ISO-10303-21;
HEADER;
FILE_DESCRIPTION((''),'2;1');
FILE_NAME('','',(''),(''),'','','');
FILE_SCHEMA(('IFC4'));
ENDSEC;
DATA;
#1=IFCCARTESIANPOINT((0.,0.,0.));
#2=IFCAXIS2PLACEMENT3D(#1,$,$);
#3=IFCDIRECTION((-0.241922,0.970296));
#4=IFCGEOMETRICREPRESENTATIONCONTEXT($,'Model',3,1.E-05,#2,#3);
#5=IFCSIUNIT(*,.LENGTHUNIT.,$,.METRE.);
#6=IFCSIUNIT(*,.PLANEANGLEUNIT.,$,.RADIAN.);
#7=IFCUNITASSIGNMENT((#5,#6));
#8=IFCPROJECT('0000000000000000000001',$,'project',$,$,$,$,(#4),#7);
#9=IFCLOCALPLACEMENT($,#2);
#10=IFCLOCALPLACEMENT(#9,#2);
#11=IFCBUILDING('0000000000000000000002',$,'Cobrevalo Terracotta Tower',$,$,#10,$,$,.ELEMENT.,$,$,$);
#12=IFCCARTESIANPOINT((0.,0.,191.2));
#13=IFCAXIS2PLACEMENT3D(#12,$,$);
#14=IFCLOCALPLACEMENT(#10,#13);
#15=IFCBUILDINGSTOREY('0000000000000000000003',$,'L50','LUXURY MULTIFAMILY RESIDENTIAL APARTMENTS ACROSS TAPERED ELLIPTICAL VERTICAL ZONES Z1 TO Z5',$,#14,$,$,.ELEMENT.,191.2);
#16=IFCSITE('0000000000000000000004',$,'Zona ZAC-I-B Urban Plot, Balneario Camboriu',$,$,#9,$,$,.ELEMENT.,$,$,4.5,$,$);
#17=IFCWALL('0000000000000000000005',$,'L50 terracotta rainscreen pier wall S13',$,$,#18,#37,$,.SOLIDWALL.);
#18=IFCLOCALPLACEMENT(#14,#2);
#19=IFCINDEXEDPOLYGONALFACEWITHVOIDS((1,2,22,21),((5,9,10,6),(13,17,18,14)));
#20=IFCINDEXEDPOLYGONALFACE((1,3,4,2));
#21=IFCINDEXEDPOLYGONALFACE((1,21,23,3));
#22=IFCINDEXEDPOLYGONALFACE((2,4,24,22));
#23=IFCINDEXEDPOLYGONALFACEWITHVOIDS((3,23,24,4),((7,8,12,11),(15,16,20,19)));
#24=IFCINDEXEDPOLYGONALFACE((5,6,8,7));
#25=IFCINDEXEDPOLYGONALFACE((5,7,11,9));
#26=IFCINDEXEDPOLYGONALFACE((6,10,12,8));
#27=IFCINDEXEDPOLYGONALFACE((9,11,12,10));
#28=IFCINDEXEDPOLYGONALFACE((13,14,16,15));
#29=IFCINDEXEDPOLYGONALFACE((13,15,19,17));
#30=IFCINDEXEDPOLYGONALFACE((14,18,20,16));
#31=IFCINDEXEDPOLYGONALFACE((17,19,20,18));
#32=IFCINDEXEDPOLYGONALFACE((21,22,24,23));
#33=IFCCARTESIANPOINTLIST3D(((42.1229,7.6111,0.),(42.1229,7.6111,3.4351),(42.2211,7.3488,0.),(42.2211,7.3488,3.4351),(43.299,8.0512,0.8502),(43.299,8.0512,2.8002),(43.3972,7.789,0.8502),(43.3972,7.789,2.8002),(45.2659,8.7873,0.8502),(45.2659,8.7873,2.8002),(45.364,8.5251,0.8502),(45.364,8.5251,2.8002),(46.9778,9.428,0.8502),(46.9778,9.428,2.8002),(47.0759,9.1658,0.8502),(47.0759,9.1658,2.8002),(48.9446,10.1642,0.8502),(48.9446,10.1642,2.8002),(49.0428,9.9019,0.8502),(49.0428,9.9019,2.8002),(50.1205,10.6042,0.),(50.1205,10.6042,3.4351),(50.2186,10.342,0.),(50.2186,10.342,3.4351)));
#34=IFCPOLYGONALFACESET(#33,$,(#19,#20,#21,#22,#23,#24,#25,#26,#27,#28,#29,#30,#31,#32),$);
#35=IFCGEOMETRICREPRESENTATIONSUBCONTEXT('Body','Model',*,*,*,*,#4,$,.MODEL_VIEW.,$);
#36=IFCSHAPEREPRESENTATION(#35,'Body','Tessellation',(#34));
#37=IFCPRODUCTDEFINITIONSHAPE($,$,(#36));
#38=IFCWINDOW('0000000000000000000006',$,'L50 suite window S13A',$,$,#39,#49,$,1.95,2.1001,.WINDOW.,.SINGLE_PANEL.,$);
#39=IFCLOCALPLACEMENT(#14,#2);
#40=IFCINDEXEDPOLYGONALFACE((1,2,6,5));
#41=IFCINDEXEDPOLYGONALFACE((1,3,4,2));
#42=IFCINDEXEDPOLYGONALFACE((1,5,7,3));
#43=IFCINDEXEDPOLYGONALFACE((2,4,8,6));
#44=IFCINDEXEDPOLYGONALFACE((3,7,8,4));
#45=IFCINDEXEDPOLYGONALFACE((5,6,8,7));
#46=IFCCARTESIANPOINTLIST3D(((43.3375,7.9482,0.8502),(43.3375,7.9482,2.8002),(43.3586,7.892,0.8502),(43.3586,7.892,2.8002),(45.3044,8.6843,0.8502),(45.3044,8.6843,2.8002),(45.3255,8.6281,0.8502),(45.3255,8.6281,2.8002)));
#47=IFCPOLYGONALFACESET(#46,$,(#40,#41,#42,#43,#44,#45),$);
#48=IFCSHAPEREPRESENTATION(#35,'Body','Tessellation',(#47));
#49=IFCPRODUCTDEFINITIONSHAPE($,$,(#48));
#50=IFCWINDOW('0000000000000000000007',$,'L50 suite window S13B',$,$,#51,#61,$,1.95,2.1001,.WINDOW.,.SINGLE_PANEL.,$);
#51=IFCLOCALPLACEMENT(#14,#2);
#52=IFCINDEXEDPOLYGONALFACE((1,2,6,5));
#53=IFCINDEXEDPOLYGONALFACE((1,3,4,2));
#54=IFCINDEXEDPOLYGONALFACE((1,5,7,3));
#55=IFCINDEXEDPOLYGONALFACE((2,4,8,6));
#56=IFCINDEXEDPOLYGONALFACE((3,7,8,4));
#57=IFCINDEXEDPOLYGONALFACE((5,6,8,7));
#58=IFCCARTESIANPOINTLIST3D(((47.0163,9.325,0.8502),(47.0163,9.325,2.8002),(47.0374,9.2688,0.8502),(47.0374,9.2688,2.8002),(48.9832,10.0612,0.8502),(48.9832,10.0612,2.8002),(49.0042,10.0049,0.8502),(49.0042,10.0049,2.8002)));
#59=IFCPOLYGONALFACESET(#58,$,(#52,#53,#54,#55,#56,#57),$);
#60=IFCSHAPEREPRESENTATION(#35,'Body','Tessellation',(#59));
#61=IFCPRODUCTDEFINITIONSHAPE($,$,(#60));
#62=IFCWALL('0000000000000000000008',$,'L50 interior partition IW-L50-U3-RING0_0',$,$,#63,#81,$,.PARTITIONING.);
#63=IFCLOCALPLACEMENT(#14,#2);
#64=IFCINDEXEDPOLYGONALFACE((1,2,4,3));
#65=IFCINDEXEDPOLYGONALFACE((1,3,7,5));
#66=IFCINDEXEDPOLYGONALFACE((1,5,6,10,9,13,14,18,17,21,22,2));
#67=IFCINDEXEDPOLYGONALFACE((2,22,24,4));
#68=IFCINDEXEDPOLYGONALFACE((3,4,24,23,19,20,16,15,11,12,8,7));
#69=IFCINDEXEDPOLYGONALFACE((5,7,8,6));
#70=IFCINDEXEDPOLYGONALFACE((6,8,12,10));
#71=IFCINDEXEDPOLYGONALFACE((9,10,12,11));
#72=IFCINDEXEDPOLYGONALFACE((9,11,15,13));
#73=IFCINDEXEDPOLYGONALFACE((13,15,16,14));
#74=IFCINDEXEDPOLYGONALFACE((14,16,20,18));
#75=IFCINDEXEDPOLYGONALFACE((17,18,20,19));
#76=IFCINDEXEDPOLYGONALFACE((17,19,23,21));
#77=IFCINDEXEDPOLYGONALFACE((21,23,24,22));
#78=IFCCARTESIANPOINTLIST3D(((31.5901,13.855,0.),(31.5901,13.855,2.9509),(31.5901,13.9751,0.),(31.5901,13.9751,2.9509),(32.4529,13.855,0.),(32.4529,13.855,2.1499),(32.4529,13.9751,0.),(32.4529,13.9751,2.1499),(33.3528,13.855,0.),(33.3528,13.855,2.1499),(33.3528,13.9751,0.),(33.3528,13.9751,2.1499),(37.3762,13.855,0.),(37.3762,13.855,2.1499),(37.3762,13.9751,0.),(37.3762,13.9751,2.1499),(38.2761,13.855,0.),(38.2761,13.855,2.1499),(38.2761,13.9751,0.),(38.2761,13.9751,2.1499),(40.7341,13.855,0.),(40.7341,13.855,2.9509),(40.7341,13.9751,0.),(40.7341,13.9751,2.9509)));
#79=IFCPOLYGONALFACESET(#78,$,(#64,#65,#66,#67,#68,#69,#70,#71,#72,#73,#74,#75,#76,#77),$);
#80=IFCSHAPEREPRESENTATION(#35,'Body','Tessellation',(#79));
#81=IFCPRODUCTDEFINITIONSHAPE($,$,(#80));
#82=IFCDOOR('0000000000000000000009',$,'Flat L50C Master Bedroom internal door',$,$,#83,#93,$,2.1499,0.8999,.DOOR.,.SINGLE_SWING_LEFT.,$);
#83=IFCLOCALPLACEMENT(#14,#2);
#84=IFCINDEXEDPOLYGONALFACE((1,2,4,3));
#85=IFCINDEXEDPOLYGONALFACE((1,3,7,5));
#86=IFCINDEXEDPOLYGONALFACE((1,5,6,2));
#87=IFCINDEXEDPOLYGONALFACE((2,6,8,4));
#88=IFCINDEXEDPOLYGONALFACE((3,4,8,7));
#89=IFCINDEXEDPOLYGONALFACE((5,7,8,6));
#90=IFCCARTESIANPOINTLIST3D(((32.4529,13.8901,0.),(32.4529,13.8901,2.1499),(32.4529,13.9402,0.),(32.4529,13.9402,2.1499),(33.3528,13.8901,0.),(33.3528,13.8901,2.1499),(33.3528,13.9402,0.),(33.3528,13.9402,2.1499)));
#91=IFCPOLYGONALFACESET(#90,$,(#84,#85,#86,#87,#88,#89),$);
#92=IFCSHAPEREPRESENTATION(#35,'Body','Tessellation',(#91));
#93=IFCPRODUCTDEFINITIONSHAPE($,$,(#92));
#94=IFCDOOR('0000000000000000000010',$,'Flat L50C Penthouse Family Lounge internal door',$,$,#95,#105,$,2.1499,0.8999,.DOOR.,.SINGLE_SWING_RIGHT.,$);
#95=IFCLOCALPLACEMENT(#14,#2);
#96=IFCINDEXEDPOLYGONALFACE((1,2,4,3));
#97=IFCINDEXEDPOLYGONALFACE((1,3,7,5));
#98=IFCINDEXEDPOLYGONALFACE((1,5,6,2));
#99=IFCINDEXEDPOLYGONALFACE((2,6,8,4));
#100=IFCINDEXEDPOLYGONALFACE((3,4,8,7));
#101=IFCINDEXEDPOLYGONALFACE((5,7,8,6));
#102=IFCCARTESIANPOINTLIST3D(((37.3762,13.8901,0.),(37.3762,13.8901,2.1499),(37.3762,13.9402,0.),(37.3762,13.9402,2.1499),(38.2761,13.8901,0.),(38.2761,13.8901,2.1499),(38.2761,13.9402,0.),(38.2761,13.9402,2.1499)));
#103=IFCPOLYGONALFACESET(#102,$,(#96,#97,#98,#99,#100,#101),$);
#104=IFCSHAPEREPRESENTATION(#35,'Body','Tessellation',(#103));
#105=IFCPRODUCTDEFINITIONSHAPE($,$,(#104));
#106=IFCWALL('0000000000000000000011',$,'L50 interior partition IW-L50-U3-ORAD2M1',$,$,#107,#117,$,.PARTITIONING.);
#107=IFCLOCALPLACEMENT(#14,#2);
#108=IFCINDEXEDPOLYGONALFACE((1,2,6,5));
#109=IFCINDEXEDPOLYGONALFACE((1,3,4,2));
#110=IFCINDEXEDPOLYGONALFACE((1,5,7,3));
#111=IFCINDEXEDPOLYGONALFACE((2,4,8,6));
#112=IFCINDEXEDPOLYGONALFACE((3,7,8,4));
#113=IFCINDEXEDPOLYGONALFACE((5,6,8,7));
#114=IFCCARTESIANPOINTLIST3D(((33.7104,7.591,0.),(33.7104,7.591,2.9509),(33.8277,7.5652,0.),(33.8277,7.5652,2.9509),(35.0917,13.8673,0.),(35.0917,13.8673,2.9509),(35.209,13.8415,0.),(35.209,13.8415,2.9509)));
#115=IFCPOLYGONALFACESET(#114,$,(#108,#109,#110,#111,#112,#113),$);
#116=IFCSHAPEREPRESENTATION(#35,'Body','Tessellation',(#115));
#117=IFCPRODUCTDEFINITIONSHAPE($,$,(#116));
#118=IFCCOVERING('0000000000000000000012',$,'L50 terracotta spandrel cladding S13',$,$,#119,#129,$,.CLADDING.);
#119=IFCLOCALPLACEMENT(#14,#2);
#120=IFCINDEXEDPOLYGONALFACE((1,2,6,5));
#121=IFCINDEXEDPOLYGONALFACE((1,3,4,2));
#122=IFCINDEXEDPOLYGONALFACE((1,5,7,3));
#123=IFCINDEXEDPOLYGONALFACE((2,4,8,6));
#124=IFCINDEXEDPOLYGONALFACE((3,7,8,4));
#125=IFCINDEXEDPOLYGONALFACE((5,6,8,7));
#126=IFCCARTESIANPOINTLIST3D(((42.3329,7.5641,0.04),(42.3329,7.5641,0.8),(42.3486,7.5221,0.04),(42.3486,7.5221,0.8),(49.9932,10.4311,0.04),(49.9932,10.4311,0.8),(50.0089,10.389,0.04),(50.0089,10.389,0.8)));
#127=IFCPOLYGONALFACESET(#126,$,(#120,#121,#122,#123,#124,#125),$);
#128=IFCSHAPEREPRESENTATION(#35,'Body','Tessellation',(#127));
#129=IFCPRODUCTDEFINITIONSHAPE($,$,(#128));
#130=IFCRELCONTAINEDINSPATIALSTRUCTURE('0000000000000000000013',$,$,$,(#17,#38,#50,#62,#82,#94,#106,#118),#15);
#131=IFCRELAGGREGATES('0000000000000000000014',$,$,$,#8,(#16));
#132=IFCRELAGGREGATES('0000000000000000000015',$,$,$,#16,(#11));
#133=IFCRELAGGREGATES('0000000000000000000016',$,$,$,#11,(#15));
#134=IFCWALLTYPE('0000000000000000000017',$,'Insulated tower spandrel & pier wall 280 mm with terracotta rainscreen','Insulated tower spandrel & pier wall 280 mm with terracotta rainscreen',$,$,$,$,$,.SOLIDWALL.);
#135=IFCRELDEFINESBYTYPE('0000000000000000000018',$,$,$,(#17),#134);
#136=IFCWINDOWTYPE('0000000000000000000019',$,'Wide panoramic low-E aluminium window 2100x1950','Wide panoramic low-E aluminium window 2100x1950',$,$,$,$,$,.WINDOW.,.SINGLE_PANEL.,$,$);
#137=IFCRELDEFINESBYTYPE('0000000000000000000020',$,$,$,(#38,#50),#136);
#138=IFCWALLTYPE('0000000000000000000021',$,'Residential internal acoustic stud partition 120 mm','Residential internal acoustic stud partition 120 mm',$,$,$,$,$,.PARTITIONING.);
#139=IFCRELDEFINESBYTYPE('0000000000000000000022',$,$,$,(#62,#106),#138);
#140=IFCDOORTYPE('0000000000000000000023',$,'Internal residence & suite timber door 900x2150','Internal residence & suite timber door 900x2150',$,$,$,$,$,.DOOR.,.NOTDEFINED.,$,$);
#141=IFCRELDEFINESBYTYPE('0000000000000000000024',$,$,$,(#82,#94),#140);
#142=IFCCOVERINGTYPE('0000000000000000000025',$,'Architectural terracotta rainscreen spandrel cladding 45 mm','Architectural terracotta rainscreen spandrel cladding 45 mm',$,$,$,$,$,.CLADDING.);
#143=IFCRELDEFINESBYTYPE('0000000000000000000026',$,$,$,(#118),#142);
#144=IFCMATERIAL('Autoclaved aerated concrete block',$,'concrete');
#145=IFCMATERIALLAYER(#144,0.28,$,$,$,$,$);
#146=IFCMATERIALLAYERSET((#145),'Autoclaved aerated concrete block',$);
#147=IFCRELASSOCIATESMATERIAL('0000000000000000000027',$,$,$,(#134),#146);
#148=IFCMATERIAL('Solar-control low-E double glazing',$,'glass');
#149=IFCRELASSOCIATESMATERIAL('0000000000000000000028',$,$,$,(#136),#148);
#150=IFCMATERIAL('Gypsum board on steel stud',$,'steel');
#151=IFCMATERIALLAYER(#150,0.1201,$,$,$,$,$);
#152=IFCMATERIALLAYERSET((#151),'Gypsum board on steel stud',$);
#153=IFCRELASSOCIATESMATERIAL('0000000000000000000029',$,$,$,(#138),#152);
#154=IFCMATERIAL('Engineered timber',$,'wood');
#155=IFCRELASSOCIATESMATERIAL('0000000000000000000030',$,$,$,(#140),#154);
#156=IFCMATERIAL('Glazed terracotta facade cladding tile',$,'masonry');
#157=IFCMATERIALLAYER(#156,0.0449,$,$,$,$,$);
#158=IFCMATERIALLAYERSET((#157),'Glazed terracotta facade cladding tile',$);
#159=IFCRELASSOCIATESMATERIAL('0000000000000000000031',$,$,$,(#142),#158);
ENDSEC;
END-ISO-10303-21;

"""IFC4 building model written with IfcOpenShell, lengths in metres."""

from ifc_helpers import new_model, si_unit, direction, frame, frame_2d, origin, origin_2d, place, context, subcontext, project, spatial, rectangle, extrude, source, transform, mapped, material, layer, layer_set, type_object, element, fill, save


model = new_model("IFC4")

# Units and contexts
model_context = context("Model", 3, precision=1e-05, world=origin(), true_north=direction((-0.241922, 0.970296)))
body_context = subcontext(model_context, "Body", "Model", "MODEL_VIEW")
ifc_project = project(units=[si_unit("LENGTHUNIT", "METRE"), si_unit("PLANEANGLEUNIT", "RADIAN")], contexts=[model_context])

# Site, building, storey
site_placement = place(None, origin())
site = spatial("IfcSite", under=ifc_project, at=site_placement, Name="Zona ZAC-I-B Urban Plot, Balneario Camboriu", CompositionType="ELEMENT", RefElevation=4.5)
building_placement = place(site_placement, origin())
building = spatial("IfcBuilding", under=site, at=building_placement, Name="Cobrevalo Terracotta Tower", CompositionType="ELEMENT")
storey_placement = place(building_placement, frame((0.0, 0.0, 191.2)))
storey = spatial("IfcBuildingStorey", under=building, at=storey_placement, Name="L50", Description="LUXURY MULTIFAMILY RESIDENTIAL APARTMENTS ACROSS TAPERED ELLIPTICAL VERTICAL ZONES Z1 TO Z5", CompositionType="ELEMENT", Elevation=191.2)

# Shared definitions
ifc_material_1 = material(Name="Solar-control low-E double glazing", Category="glass")

# Shared definitions
ifc_material_2 = material(Name="Autoclaved aerated concrete block", Category="concrete")

# Wall, openings, windows
ifc_layer_1 = layer(ifc_material_2, 0.28)
ifc_layer_set_1 = layer_set([ifc_layer_1], Name="Autoclaved aerated concrete block")
wall_type_1 = type_object("IfcWallType", Name="Insulated tower spandrel & pier wall 280 mm with terracotta rainscreen", Description="Insulated tower spandrel & pier wall 280 mm with terracotta rainscreen", PredefinedType="SOLIDWALL", material=ifc_layer_set_1)
wall_1_placement = place(storey_placement, frame((42.1721, 7.48, 0.0), z_axis=(0.0, 0.0, 1.0), x_axis=(0.936557, 0.350516, 0.0)))
wall_1 = element("IfcWall", 1, at=wall_1_placement, inside=storey, type_object=wall_type_1, Name="L50 terracotta rainscreen pier wall S13", PredefinedType="SOLIDWALL", context=body_context, shape_type="SweptSolid", body=[
    extrude(rectangle(XDim=8.5393, YDim=0.28, at=frame_2d((4.2695, 0.0))), origin(), (0.0, 0.0, 1.0), 3.4351),
])
opening_1_placement = place(wall_1_placement, frame((1.2556, 0.0, 0.8501)))
opening_1 = element("IfcOpeningElement", 2, at=opening_1_placement, cuts=wall_1, PredefinedType="OPENING", context=body_context, shape_type="SweptSolid", body=[
    extrude(rectangle(XDim=2.1001, YDim=1.95, at=frame_2d((1.05, 0.9751))), frame((0.0, 0.1499, 0.0), z_axis=(0.0, -1.0, 0.0), x_axis=(1.0, 0.0, 0.0)), (0.0, 0.0, 1.0), 0.3),
])
opening_2_placement = place(wall_1_placement, frame((5.1836, 0.0, 0.8501)))
opening_2 = element("IfcOpeningElement", 3, at=opening_2_placement, cuts=wall_1, PredefinedType="OPENING", context=body_context, shape_type="SweptSolid", body=[
    extrude(rectangle(XDim=2.1001, YDim=1.95, at=frame_2d((1.05, 0.9751))), frame((0.0, 0.1499, 0.0), z_axis=(0.0, -1.0, 0.0), x_axis=(1.0, 0.0, 0.0)), (0.0, 0.0, 1.0), 0.3),
])
window_type = type_object("IfcWindowType", Name="Wide panoramic low-E aluminium window 2100x1950", Description="Wide panoramic low-E aluminium window 2100x1950", PartitioningType="SINGLE_PANEL", PredefinedType="WINDOW", material=ifc_material_1)
shared_shape_1 = source(origin(), body_context, "Body", "SweptSolid", [
    extrude(rectangle(XDim=2.1001, YDim=1.95, at=frame_2d((1.05, 0.9751))), frame((0.0, 0.03, 0.0), z_axis=(0.0, -1.0, 0.0), x_axis=(1.0, 0.0, 0.0)), (0.0, 0.0, 1.0), 0.0601),
])
window_1_placement = place(opening_1_placement, origin())
window_1 = element("IfcWindow", 4, at=window_1_placement, inside=storey, type_object=window_type, Name="L50 suite window S13A", OverallHeight=1.95, OverallWidth=2.1001, PartitioningType="SINGLE_PANEL", PredefinedType="WINDOW", context=body_context, shape_type="MappedRepresentation", body=[
    mapped(shared_shape_1, transform((0.0, 0.0, 0.0), scale=1.0)),
])
fill(opening_1, window_1)
window_2_placement = place(opening_2_placement, origin())
window_2 = element("IfcWindow", 5, at=window_2_placement, inside=storey, type_object=window_type, Name="L50 suite window S13B", OverallHeight=1.95, OverallWidth=2.1001, PartitioningType="SINGLE_PANEL", PredefinedType="WINDOW", context=body_context, shape_type="MappedRepresentation", body=[
    mapped(shared_shape_1, transform((0.0, 0.0, 0.0), scale=1.0)),
])
fill(opening_2, window_2)

# Wall, openings, doors
ifc_material_3 = material(Name="Gypsum board on steel stud", Category="steel")
ifc_layer_2 = layer(ifc_material_3, 0.1201)
ifc_layer_set_2 = layer_set([ifc_layer_2], Name="Gypsum board on steel stud")
wall_type_2 = type_object("IfcWallType", Name="Residential internal acoustic stud partition 120 mm", Description="Residential internal acoustic stud partition 120 mm", PredefinedType="PARTITIONING", material=ifc_layer_set_2)
wall_2_placement = place(storey_placement, frame((40.7341, 13.915, 0.0), z_axis=(0.0, 0.0, 1.0), x_axis=(-1.0, 0.0, 0.0)))
wall_2 = element("IfcWall", 6, at=wall_2_placement, inside=storey, type_object=wall_type_2, Name="L50 interior partition IW-L50-U3-RING0_0", PredefinedType="PARTITIONING", context=body_context, shape_type="SweptSolid", body=[
    extrude(rectangle(XDim=9.144, YDim=0.1201, at=frame_2d((4.572, 0.0))), origin(), (0.0, 0.0, 1.0), 2.9509),
])
opening_3_placement = place(wall_2_placement, frame((7.3813, 0.0, 0.0)))
opening_3 = element("IfcOpeningElement", 7, at=opening_3_placement, cuts=wall_2, PredefinedType="OPENING", context=body_context, shape_type="SweptSolid", body=[
    extrude(rectangle(XDim=0.8999, YDim=2.1499, at=frame_2d((0.45, 1.075))), frame((0.0, 0.0701, 0.0), z_axis=(0.0, -1.0, 0.0), x_axis=(1.0, 0.0, 0.0)), (0.0, 0.0, 1.0), 0.1401),
])
opening_4_placement = place(wall_2_placement, frame((2.458, 0.0, 0.0)))
opening_4 = element("IfcOpeningElement", 8, at=opening_4_placement, cuts=wall_2, PredefinedType="OPENING", context=body_context, shape_type="SweptSolid", body=[
    extrude(rectangle(XDim=0.8999, YDim=2.1499, at=frame_2d((0.45, 1.075))), frame((0.0, 0.0701, 0.0), z_axis=(0.0, -1.0, 0.0), x_axis=(1.0, 0.0, 0.0)), (0.0, 0.0, 1.0), 0.1401),
])
ifc_material_4 = material(Name="Engineered timber", Category="wood")
door_type_1 = type_object("IfcDoorType", Name="Internal residence & suite timber door 900x2150", Description="Internal residence & suite timber door 900x2150", OperationType="NOTDEFINED", PredefinedType="DOOR", material=ifc_material_4)
shared_shape_2 = source(origin(), body_context, "Body", "SweptSolid", [
    extrude(rectangle(XDim=0.8999, YDim=2.1499, at=frame_2d((0.45, 1.075))), frame((0.0, 0.0249, 0.0), z_axis=(0.0, -1.0, 0.0), x_axis=(1.0, 0.0, 0.0)), (0.0, 0.0, 1.0), 0.05),
])
door_1_placement = place(opening_3_placement, origin())
door_1 = element("IfcDoor", 9, at=door_1_placement, inside=storey, type_object=door_type_1, Name="Flat L50C Master Bedroom internal door", OperationType="SINGLE_SWING_LEFT", OverallHeight=2.1499, OverallWidth=0.8999, PredefinedType="DOOR", context=body_context, shape_type="MappedRepresentation", body=[
    mapped(shared_shape_2, transform((0.0, 0.0, 0.0), scale=1.0)),
])
fill(opening_3, door_1)
door_2_placement = place(opening_4_placement, origin())
door_2 = element("IfcDoor", 10, at=door_2_placement, inside=storey, type_object=door_type_1, Name="Flat L50C Penthouse Family Lounge internal door", OperationType="SINGLE_SWING_RIGHT", OverallHeight=2.1499, OverallWidth=0.8999, PredefinedType="DOOR", context=body_context, shape_type="MappedRepresentation", body=[
    mapped(shared_shape_2, transform((0.0, 0.0, 0.0), scale=1.0)),
])
fill(opening_4, door_2)

# Wall
wall_3_placement = place(storey_placement, frame((35.1504, 13.8545, 0.0), z_axis=(0.0, 0.0, 1.0), x_axis=(-0.214943, -0.976627, 0.0)))
element("IfcWall", 11, at=wall_3_placement, inside=storey, type_object=wall_type_2, Name="L50 interior partition IW-L50-U3-ORAD2M1", PredefinedType="PARTITIONING", context=body_context, shape_type="SweptSolid", body=[
    extrude(rectangle(XDim=6.4265, YDim=0.1201, at=frame_2d((3.2134, 0.0))), origin(), (0.0, 0.0, 1.0), 2.9509),
])

# Covering
ifc_material_5 = material(Name="Glazed terracotta facade cladding tile", Category="masonry")
ifc_layer_3 = layer(ifc_material_5, 0.0449)
ifc_layer_set_3 = layer_set([ifc_layer_3], Name="Glazed terracotta facade cladding tile")
covering_type = type_object("IfcCoveringType", Name="Architectural terracotta rainscreen spandrel cladding 45 mm", Description="Architectural terracotta rainscreen spandrel cladding 45 mm", PredefinedType="CLADDING", material=ifc_layer_set_3)
shared_shape_3 = source(origin(), body_context, "Body", "SweptSolid", [
    extrude(rectangle(XDim=8.1792, YDim=0.0449, at=origin_2d()), origin(), (0.0, 0.0, 1.0), 0.76),
])
covering_placement = place(storey_placement, frame((46.1709, 8.9766, 0.04), z_axis=(0.0, 0.0, 1.0), x_axis=(0.936558, 0.350513, 0.0)))
element("IfcCovering", 12, at=covering_placement, inside=storey, type_object=covering_type, Name="L50 terracotta spandrel cladding S13", PredefinedType="CLADDING", context=body_context, shape_type="MappedRepresentation", body=[
    mapped(shared_shape_3, transform((0.0, 0.0, 0.0), scale=1.0)),
])

save(model, "model.ifc")
